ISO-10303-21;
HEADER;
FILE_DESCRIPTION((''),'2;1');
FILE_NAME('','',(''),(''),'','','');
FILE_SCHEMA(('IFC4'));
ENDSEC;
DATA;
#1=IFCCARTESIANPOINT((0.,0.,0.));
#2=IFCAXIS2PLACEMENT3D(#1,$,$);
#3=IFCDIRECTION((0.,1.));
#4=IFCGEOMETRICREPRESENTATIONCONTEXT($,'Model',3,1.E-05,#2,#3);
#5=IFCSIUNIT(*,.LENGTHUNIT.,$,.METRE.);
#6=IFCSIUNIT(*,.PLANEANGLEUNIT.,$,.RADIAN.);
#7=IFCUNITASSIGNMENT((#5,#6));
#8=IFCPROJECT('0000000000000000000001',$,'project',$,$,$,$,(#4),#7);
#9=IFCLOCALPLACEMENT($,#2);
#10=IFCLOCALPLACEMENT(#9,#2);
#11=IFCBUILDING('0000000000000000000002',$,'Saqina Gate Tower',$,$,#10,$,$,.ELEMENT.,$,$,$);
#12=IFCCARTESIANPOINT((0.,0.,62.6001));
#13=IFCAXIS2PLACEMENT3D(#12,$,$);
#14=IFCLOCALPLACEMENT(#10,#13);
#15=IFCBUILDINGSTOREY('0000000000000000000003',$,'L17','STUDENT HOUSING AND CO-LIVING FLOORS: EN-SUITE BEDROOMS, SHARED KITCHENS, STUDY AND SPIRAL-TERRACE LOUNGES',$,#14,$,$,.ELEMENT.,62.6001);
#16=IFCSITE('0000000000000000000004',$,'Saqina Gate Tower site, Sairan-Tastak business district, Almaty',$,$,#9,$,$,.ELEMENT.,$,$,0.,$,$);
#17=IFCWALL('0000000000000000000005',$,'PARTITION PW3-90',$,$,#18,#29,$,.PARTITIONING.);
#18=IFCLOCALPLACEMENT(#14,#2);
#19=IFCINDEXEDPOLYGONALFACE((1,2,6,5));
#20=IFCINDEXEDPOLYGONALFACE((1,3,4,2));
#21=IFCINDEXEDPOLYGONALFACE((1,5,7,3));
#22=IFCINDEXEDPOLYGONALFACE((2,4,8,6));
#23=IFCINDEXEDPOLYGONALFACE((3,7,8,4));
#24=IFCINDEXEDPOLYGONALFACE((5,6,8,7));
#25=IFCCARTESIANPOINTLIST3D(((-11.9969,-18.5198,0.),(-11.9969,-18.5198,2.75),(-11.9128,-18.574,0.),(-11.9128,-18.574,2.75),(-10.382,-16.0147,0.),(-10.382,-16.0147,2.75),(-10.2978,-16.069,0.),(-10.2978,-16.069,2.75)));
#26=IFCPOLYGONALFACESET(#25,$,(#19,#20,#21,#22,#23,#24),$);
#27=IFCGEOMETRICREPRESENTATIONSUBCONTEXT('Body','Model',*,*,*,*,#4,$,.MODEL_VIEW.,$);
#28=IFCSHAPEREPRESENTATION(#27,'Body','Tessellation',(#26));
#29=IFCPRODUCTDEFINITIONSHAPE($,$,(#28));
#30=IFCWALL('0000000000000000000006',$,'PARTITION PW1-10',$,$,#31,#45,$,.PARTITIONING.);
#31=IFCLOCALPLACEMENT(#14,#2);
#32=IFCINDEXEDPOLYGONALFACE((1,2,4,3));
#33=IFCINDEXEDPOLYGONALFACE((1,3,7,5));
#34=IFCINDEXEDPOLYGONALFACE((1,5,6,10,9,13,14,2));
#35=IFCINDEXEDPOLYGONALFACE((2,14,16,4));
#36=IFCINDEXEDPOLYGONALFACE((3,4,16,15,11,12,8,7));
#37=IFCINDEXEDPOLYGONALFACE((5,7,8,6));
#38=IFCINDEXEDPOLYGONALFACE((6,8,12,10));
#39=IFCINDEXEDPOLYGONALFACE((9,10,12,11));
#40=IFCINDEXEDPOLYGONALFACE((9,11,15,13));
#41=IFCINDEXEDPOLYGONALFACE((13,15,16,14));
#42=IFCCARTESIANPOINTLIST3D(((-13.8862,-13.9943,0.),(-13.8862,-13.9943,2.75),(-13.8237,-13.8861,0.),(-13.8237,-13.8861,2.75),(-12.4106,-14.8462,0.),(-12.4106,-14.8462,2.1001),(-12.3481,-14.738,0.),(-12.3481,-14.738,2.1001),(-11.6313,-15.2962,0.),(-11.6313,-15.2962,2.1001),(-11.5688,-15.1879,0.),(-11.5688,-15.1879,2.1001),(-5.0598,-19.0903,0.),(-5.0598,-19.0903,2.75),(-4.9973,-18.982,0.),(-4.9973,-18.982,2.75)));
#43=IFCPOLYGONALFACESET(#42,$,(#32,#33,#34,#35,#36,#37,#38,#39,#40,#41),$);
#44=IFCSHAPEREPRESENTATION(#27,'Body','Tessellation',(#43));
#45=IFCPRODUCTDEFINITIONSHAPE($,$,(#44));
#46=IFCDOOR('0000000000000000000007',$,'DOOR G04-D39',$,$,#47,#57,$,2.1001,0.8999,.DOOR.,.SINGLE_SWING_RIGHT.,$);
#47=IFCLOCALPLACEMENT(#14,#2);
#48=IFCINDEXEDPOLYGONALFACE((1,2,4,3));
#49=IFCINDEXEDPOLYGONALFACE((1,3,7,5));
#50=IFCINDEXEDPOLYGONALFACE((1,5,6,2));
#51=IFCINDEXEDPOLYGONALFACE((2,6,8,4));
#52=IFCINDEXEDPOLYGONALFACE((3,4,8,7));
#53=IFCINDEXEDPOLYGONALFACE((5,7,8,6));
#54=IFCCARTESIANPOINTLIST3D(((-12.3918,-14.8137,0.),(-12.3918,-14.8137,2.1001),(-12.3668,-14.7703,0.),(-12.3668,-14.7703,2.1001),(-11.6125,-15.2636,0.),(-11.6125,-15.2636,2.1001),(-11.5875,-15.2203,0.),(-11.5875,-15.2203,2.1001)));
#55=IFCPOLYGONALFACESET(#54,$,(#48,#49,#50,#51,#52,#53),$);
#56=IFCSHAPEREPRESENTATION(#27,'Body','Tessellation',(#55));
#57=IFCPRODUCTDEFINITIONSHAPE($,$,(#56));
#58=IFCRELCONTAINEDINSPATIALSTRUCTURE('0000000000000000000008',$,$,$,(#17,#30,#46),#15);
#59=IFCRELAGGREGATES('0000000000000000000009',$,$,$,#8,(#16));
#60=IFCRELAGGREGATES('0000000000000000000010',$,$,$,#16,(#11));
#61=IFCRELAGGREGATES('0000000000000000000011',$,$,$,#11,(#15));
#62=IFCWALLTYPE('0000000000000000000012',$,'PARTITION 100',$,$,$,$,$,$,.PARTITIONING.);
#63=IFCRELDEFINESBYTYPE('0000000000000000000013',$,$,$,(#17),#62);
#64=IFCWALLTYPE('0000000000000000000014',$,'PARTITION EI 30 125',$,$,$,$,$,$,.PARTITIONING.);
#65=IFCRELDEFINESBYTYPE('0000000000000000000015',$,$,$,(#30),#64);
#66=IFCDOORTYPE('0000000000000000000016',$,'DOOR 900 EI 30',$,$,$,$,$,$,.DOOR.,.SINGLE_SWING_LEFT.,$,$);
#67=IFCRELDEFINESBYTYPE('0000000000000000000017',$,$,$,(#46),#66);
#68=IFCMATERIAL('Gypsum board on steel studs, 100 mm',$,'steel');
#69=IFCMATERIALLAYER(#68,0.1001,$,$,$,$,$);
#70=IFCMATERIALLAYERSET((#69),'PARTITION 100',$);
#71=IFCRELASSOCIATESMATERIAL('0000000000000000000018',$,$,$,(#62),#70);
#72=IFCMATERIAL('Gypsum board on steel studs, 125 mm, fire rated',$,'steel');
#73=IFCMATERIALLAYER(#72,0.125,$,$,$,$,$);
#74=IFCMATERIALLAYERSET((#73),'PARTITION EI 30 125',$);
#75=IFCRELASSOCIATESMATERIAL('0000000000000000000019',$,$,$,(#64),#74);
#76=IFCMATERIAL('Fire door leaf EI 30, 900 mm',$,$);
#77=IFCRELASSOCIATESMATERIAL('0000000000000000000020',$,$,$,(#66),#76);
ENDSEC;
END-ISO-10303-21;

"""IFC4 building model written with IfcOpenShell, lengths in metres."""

from ifc_helpers import new_model, si_unit, direction, frame, frame_2d, origin, place, context, subcontext, project, spatial, rectangle, extrude, material, layer, layer_set, type_object, element, fill, save


model = new_model("IFC4")

# Units and contexts
model_context = context("Model", 3, precision=1e-05, world=origin(), true_north=direction((0.0, 1.0)))
body_context = subcontext(model_context, "Body", "Model", "MODEL_VIEW")
ifc_project = project(units=[si_unit("LENGTHUNIT", "METRE"), si_unit("PLANEANGLEUNIT", "RADIAN")], contexts=[model_context])

# Site, building, storey
site_placement = place(None, origin())
site = spatial("IfcSite", under=ifc_project, at=site_placement, Name="Saqina Gate Tower site, Sairan-Tastak business district, Almaty", CompositionType="ELEMENT", RefElevation=0.0)
building_placement = place(site_placement, origin())
building = spatial("IfcBuilding", under=site, at=building_placement, Name="Saqina Gate Tower", CompositionType="ELEMENT")
storey_placement = place(building_placement, frame((0.0, 0.0, 62.6001)))
storey = spatial("IfcBuildingStorey", under=building, at=storey_placement, Name="L17", Description="STUDENT HOUSING AND CO-LIVING FLOORS: EN-SUITE BEDROOMS, SHARED KITCHENS, STUDY AND SPIRAL-TERRACE LOUNGES", CompositionType="ELEMENT", Elevation=62.6001)

# Wall
ifc_material_1 = material(Name="Gypsum board on steel studs, 100 mm", Category="steel")
ifc_layer_1 = layer(ifc_material_1, 0.1001)
ifc_layer_set_1 = layer_set([ifc_layer_1], Name="PARTITION 100")
wall_type_1 = type_object("IfcWallType", Name="PARTITION 100", PredefinedType="PARTITIONING", material=ifc_layer_set_1)
wall_1_placement = place(storey_placement, frame((-11.9548, -18.5469, 0.0), z_axis=(0.0, 0.0, 1.0), x_axis=(0.541838, 0.840483, 0.0)))
element("IfcWall", 1, at=wall_1_placement, inside=storey, type_object=wall_type_1, Name="PARTITION PW3-90", PredefinedType="PARTITIONING", context=body_context, shape_type="SweptSolid", body=[
    extrude(rectangle(XDim=2.9805, YDim=0.1001, at=frame_2d((1.4902, 0.0))), origin(), (0.0, 0.0, 1.0), 2.75),
])

# Wall, opening, door
ifc_material_2 = material(Name="Gypsum board on steel studs, 125 mm, fire rated", Category="steel")
ifc_layer_2 = layer(ifc_material_2, 0.125)
ifc_layer_set_2 = layer_set([ifc_layer_2], Name="PARTITION EI 30 125")
wall_type_2 = type_object("IfcWallType", Name="PARTITION EI 30 125", PredefinedType="PARTITIONING", material=ifc_layer_set_2)
wall_2_placement = place(storey_placement, frame((-13.855, -13.9402, 0.0), z_axis=(0.0, 0.0, 1.0), x_axis=(0.866025, -0.500001, 0.0)))
wall_2 = element("IfcWall", 2, at=wall_2_placement, inside=storey, type_object=wall_type_2, Name="PARTITION PW1-10", PredefinedType="PARTITIONING", context=body_context, shape_type="SweptSolid", body=[
    extrude(rectangle(XDim=10.1919, YDim=0.125, at=frame_2d((5.0959, 0.0))), origin(), (0.0, 0.0, 1.0), 2.75),
])
opening_1_placement = place(wall_2_placement, frame((1.7039, 0.0, 0.0)))
opening_1 = element("IfcOpeningElement", 3, at=opening_1_placement, cuts=wall_2, PredefinedType="OPENING", context=body_context, shape_type="SweptSolid", body=[
    extrude(rectangle(XDim=0.8999, YDim=2.1001, at=frame_2d((0.45, 1.05))), frame((0.0, 0.0745, 0.0), z_axis=(0.0, -1.0, 0.0), x_axis=(1.0, 0.0, 0.0)), (0.0, 0.0, 1.0), 0.1489),
])
ifc_material_3 = material(Name="Fire door leaf EI 30, 900 mm")
door_type = type_object("IfcDoorType", Name="DOOR 900 EI 30", OperationType="SINGLE_SWING_LEFT", PredefinedType="DOOR", material=ifc_material_3)
door_placement = place(opening_1_placement, frame((0.8999, 0.0, 0.0), z_axis=(0.0, 0.0, 1.0), x_axis=(-1.0, 0.0, 0.0)))
door = element("IfcDoor", 4, at=door_placement, inside=storey, type_object=door_type, Name="DOOR G04-D39", OperationType="SINGLE_SWING_RIGHT", OverallHeight=2.1001, OverallWidth=0.8999, PredefinedType="DOOR", context=body_context, shape_type="SweptSolid", body=[
    extrude(rectangle(XDim=0.8999, YDim=2.1001, at=frame_2d((0.45, 1.05))), frame((0.0, 0.0249, 0.0), z_axis=(0.0, -1.0, 0.0), x_axis=(1.0, 0.0, 0.0)), (0.0, 0.0, 1.0), 0.05),
])
fill(opening_1, door)

save(model, "model.ifc")
